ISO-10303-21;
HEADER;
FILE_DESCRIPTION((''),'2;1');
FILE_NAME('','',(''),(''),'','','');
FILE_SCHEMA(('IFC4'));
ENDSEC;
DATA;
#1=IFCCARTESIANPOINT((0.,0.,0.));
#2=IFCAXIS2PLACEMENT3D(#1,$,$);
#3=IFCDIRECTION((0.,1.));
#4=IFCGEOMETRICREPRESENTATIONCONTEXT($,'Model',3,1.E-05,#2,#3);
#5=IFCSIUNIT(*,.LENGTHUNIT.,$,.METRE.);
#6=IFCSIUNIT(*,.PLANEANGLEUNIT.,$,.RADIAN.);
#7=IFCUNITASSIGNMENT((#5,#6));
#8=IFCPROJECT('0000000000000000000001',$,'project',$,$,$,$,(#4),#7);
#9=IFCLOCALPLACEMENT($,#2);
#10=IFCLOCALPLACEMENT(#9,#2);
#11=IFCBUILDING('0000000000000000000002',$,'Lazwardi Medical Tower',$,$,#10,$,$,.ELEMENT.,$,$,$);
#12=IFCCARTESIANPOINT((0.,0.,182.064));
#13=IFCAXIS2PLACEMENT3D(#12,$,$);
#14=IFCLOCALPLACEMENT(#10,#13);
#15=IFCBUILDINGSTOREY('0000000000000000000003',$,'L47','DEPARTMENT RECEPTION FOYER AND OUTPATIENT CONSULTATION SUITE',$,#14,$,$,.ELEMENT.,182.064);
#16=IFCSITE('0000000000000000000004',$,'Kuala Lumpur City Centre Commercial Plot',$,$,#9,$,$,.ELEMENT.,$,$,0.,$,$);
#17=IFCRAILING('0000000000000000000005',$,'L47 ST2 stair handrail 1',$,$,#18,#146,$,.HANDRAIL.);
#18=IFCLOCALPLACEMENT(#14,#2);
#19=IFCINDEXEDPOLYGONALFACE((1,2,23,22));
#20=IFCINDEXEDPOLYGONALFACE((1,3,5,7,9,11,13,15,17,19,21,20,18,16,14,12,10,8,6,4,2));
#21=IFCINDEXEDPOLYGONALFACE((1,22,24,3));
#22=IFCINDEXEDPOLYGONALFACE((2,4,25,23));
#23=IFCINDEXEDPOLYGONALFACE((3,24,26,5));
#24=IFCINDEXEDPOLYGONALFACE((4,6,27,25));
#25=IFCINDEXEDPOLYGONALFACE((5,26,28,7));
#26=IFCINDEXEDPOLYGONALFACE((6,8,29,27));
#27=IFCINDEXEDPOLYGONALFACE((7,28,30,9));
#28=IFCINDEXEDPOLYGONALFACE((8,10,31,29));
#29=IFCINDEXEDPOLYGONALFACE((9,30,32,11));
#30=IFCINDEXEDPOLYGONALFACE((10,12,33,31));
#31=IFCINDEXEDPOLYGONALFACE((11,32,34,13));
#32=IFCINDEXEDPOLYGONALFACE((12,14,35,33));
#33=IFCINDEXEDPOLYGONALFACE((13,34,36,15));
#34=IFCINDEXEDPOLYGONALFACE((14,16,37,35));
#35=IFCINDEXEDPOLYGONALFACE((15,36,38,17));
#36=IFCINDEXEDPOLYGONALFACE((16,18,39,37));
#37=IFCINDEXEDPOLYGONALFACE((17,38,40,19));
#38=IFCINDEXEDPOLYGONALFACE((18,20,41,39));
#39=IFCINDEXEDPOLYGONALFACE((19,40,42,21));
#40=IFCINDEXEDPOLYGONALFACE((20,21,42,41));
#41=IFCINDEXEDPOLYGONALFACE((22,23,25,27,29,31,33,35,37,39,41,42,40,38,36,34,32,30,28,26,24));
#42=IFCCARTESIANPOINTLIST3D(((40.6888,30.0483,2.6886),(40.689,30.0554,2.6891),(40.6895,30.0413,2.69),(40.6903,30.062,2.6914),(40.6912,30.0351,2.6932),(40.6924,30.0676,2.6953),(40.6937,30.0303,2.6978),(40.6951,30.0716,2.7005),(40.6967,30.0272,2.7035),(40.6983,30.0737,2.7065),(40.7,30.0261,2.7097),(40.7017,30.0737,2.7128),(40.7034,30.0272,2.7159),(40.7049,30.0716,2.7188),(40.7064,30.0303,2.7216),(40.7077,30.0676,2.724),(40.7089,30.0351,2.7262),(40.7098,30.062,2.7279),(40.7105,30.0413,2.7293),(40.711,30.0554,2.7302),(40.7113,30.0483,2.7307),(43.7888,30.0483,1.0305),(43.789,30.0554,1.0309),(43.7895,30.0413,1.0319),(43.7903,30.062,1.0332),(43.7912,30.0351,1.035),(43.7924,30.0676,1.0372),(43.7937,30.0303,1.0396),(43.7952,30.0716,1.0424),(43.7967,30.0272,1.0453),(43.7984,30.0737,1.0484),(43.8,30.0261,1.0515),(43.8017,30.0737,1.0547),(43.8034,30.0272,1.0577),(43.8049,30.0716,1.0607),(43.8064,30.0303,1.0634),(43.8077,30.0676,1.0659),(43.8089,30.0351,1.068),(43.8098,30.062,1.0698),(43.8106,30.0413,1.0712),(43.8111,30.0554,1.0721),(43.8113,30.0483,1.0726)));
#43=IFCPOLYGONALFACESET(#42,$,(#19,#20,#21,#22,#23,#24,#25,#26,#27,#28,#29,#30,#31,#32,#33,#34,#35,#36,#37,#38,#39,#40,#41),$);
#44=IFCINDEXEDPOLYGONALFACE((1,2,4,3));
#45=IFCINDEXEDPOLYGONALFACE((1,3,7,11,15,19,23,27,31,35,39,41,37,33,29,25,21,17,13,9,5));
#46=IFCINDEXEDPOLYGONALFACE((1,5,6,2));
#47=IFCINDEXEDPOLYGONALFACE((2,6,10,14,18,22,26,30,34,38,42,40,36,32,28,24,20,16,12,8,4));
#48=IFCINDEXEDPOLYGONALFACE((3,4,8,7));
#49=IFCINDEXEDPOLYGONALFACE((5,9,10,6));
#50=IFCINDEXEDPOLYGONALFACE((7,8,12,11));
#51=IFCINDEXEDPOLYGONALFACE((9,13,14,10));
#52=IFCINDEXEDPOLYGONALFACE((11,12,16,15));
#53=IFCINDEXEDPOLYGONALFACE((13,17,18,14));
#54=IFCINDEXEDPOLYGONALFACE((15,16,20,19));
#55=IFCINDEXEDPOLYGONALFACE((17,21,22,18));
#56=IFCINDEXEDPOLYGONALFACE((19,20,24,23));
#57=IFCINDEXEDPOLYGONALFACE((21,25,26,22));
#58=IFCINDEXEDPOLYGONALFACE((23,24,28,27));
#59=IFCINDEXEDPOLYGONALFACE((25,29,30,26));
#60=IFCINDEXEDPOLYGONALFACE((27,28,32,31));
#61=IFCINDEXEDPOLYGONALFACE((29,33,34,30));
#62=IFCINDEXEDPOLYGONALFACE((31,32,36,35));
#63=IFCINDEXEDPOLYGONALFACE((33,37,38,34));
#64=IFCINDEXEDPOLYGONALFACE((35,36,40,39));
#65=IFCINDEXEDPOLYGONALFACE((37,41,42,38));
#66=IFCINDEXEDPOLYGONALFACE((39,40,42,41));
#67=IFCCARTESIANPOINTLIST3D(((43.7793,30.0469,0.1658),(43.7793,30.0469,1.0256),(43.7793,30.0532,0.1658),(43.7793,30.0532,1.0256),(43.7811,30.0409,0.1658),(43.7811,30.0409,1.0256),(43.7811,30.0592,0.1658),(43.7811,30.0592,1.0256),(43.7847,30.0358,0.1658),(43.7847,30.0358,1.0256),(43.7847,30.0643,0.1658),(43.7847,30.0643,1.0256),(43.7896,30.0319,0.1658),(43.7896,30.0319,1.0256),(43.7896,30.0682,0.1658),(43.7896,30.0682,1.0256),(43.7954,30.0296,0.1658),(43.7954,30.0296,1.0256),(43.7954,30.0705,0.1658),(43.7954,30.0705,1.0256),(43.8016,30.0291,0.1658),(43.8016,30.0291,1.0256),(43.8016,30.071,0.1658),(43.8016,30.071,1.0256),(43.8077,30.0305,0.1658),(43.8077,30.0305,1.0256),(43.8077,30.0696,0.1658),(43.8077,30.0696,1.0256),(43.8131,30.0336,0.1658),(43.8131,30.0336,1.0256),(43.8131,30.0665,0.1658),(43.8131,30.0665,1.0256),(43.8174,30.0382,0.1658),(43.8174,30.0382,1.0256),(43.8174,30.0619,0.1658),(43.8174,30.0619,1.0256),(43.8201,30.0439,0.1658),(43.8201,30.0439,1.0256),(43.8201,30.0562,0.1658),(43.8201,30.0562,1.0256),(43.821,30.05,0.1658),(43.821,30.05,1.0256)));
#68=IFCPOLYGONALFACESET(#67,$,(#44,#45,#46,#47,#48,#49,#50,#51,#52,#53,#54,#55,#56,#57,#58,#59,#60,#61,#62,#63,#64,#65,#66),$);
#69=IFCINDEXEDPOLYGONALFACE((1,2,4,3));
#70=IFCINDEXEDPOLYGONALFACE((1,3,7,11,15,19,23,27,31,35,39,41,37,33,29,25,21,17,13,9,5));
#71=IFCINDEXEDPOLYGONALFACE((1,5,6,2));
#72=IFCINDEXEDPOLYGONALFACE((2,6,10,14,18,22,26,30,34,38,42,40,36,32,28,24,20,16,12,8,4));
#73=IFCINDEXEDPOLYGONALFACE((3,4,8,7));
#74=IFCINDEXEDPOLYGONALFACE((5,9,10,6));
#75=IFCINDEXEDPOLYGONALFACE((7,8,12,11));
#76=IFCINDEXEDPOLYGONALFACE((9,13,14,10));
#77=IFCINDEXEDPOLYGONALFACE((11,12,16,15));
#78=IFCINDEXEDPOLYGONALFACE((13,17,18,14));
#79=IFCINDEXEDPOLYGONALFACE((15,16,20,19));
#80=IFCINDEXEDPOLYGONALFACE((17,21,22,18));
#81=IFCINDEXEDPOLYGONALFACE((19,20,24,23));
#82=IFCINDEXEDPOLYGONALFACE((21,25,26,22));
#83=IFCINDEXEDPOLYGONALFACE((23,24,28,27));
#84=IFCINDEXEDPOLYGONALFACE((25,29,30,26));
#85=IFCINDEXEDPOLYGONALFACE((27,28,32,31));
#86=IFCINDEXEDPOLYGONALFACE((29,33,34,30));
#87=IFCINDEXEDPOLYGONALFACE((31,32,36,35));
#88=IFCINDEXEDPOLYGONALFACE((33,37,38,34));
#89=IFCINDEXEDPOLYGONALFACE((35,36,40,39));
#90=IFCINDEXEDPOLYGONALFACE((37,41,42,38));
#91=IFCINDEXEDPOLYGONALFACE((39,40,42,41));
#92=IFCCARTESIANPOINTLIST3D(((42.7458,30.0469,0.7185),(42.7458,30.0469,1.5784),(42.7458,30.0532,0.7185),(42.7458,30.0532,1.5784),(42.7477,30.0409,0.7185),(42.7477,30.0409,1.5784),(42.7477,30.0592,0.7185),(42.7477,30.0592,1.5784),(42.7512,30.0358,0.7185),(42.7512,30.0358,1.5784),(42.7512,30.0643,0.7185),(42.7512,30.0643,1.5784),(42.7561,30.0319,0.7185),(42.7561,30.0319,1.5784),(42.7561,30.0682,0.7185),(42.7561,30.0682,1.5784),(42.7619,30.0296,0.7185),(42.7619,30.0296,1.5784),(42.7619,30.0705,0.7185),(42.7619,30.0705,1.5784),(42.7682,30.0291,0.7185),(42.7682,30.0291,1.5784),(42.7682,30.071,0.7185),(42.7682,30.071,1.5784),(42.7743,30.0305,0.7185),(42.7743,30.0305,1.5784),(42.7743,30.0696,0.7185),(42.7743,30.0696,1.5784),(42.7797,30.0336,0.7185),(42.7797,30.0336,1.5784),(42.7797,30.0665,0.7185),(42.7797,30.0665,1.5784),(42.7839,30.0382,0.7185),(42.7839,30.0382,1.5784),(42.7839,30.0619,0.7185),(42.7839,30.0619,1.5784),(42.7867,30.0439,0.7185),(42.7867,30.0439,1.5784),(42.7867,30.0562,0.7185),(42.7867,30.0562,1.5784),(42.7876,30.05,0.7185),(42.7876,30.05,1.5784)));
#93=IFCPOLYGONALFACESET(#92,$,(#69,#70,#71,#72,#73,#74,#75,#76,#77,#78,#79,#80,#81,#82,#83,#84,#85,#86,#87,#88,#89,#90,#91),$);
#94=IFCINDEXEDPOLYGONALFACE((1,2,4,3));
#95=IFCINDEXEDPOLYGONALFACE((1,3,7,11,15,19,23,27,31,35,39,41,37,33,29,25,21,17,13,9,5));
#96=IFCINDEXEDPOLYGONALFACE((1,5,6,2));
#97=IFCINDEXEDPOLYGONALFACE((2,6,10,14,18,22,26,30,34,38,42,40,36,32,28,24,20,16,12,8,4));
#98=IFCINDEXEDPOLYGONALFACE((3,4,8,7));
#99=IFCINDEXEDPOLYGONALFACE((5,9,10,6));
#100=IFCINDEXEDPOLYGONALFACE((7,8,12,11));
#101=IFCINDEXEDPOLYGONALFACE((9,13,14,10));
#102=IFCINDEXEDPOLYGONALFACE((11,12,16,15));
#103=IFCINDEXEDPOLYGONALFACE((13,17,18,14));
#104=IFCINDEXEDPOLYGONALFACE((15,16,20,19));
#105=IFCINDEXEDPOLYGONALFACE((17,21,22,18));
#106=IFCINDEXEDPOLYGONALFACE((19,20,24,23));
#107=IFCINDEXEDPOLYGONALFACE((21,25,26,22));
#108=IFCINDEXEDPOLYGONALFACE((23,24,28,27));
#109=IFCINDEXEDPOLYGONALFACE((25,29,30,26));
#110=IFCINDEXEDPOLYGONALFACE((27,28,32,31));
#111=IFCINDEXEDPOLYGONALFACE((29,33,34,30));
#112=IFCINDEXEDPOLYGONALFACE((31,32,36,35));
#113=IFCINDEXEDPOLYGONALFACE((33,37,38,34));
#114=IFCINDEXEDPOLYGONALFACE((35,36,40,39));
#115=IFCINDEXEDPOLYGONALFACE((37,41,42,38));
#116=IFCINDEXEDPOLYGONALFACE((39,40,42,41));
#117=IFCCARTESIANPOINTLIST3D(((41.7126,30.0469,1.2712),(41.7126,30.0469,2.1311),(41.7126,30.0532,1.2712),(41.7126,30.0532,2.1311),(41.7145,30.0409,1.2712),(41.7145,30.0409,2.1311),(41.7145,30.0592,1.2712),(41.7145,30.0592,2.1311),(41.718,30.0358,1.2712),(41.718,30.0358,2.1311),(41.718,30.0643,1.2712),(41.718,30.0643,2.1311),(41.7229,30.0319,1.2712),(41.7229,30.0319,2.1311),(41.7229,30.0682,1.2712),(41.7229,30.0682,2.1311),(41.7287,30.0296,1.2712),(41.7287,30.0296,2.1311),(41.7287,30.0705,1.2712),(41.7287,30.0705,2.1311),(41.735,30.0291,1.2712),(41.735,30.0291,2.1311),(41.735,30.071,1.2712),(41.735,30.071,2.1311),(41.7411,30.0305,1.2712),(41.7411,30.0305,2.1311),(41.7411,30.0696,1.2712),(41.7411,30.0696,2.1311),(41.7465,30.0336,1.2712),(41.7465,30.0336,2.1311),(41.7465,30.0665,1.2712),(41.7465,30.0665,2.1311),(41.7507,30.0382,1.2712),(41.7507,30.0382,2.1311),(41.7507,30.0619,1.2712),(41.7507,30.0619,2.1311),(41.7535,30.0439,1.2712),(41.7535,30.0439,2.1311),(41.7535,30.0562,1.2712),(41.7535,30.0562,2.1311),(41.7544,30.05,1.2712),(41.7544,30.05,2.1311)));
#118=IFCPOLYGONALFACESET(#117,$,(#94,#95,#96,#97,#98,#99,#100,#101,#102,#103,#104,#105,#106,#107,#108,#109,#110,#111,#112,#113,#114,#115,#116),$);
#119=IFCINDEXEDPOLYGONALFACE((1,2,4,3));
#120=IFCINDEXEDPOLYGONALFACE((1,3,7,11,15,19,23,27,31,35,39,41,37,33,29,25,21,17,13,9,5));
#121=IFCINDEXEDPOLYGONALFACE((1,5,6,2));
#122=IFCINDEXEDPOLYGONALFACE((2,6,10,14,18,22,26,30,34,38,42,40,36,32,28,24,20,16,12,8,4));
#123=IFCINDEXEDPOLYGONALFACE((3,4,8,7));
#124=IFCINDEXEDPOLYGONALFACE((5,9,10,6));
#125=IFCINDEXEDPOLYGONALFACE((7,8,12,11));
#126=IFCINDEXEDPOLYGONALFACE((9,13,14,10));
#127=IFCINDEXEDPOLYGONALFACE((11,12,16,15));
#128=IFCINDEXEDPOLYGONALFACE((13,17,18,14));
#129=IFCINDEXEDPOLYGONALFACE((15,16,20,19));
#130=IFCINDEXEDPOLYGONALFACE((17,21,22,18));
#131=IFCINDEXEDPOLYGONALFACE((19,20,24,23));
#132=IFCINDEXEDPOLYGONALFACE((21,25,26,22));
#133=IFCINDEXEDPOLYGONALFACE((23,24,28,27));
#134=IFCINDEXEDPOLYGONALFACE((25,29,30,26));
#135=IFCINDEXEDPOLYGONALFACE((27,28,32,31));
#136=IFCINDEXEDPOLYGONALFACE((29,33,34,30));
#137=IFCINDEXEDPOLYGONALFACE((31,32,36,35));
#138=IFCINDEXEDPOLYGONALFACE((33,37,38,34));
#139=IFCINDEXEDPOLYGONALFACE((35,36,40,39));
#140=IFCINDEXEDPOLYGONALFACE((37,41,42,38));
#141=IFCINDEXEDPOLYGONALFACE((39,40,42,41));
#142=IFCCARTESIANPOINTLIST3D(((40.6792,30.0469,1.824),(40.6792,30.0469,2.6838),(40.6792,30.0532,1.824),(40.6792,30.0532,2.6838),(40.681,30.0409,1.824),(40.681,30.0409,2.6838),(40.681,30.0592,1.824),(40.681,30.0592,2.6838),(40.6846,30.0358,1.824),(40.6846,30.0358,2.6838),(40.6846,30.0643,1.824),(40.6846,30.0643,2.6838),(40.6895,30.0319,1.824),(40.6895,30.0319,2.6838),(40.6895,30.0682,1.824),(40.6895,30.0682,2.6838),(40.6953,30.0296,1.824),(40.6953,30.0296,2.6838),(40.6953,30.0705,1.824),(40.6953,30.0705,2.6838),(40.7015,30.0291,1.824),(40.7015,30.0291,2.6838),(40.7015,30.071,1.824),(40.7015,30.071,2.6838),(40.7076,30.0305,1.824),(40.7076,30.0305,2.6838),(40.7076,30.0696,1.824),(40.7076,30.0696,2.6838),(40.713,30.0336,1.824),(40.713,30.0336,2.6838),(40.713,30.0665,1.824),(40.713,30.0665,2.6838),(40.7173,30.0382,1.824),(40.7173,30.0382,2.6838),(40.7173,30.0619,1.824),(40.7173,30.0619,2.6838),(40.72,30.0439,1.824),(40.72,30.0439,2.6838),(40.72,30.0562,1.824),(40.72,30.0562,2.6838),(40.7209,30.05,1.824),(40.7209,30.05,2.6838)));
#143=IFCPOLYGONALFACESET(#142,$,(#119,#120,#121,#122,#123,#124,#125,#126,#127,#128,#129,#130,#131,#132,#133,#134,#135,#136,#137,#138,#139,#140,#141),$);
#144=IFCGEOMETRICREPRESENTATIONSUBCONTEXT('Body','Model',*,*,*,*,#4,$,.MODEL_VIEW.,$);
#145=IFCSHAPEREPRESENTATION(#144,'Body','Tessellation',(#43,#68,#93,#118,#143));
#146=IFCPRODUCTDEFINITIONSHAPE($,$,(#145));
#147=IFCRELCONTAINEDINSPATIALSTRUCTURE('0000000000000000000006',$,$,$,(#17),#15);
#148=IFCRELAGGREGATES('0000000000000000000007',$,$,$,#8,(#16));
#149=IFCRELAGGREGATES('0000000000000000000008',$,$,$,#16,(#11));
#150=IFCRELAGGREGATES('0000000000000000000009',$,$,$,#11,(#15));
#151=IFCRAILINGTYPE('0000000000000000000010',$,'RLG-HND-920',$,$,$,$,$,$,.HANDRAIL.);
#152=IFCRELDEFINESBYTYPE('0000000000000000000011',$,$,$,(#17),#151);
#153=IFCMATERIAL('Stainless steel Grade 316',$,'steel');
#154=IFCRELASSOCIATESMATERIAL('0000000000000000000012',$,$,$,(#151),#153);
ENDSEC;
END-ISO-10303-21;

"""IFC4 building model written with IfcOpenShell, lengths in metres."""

from ifc_helpers import new_model, si_unit, direction, frame, origin, origin_2d, place, context, subcontext, project, spatial, circle, extrude, material, type_object, element, save


model = new_model("IFC4")

# Units and contexts
model_context = context("Model", 3, precision=1e-05, world=origin(), true_north=direction((0.0, 1.0)))
body_context = subcontext(model_context, "Body", "Model", "MODEL_VIEW")
ifc_project = project(units=[si_unit("LENGTHUNIT", "METRE"), si_unit("PLANEANGLEUNIT", "RADIAN")], contexts=[model_context])

# Site, building, storey
site_placement = place(None, origin())
site = spatial("IfcSite", under=ifc_project, at=site_placement, Name="Kuala Lumpur City Centre Commercial Plot", CompositionType="ELEMENT", RefElevation=0.0)
building_placement = place(site_placement, origin())
building = spatial("IfcBuilding", under=site, at=building_placement, Name="Lazwardi Medical Tower", CompositionType="ELEMENT")
storey_placement = place(building_placement, frame((0.0, 0.0, 182.064)))
storey = spatial("IfcBuildingStorey", under=building, at=storey_placement, Name="L47", Description="DEPARTMENT RECEPTION FOYER AND OUTPATIENT CONSULTATION SUITE", CompositionType="ELEMENT", Elevation=182.064)

# Railing
ifc_material_1 = material(Name="Stainless steel Grade 316", Category="steel")
railing_type_1 = type_object("IfcRailingType", Name="RLG-HND-920", PredefinedType="HANDRAIL", material=ifc_material_1)
railing_1_placement = place(storey_placement, frame((43.8, 30.05, 0.1658)))
element("IfcRailing", 1, at=railing_1_placement, inside=storey, type_object=railing_type_1, Name="L47 ST2 stair handrail 1", PredefinedType="HANDRAIL", context=body_context, shape_type="SweptSolid", body=[
    extrude(circle(Radius=0.0239, at=origin_2d()), frame((0.0, 0.0, 0.8857), z_axis=(-0.881783, 0.0, 0.471655), x_axis=(0.0, -1.0, 0.0)), (0.0, 0.0, 1.0), 3.5156),
    extrude(circle(Radius=0.021, at=origin_2d()), origin(), (0.0, 0.0, 1.0), 0.8599),
    extrude(circle(Radius=0.021, at=origin_2d()), frame((-1.0334, 0.0, 0.5527)), (0.0, 0.0, 1.0), 0.8599),
    extrude(circle(Radius=0.021, at=origin_2d()), frame((-2.0667, 0.0, 1.1055)), (0.0, 0.0, 1.0), 0.8599),
    extrude(circle(Radius=0.021, at=origin_2d()), frame((-3.1001, 0.0, 1.6582)), (0.0, 0.0, 1.0), 0.8599),
])

save(model, "model.ifc")
